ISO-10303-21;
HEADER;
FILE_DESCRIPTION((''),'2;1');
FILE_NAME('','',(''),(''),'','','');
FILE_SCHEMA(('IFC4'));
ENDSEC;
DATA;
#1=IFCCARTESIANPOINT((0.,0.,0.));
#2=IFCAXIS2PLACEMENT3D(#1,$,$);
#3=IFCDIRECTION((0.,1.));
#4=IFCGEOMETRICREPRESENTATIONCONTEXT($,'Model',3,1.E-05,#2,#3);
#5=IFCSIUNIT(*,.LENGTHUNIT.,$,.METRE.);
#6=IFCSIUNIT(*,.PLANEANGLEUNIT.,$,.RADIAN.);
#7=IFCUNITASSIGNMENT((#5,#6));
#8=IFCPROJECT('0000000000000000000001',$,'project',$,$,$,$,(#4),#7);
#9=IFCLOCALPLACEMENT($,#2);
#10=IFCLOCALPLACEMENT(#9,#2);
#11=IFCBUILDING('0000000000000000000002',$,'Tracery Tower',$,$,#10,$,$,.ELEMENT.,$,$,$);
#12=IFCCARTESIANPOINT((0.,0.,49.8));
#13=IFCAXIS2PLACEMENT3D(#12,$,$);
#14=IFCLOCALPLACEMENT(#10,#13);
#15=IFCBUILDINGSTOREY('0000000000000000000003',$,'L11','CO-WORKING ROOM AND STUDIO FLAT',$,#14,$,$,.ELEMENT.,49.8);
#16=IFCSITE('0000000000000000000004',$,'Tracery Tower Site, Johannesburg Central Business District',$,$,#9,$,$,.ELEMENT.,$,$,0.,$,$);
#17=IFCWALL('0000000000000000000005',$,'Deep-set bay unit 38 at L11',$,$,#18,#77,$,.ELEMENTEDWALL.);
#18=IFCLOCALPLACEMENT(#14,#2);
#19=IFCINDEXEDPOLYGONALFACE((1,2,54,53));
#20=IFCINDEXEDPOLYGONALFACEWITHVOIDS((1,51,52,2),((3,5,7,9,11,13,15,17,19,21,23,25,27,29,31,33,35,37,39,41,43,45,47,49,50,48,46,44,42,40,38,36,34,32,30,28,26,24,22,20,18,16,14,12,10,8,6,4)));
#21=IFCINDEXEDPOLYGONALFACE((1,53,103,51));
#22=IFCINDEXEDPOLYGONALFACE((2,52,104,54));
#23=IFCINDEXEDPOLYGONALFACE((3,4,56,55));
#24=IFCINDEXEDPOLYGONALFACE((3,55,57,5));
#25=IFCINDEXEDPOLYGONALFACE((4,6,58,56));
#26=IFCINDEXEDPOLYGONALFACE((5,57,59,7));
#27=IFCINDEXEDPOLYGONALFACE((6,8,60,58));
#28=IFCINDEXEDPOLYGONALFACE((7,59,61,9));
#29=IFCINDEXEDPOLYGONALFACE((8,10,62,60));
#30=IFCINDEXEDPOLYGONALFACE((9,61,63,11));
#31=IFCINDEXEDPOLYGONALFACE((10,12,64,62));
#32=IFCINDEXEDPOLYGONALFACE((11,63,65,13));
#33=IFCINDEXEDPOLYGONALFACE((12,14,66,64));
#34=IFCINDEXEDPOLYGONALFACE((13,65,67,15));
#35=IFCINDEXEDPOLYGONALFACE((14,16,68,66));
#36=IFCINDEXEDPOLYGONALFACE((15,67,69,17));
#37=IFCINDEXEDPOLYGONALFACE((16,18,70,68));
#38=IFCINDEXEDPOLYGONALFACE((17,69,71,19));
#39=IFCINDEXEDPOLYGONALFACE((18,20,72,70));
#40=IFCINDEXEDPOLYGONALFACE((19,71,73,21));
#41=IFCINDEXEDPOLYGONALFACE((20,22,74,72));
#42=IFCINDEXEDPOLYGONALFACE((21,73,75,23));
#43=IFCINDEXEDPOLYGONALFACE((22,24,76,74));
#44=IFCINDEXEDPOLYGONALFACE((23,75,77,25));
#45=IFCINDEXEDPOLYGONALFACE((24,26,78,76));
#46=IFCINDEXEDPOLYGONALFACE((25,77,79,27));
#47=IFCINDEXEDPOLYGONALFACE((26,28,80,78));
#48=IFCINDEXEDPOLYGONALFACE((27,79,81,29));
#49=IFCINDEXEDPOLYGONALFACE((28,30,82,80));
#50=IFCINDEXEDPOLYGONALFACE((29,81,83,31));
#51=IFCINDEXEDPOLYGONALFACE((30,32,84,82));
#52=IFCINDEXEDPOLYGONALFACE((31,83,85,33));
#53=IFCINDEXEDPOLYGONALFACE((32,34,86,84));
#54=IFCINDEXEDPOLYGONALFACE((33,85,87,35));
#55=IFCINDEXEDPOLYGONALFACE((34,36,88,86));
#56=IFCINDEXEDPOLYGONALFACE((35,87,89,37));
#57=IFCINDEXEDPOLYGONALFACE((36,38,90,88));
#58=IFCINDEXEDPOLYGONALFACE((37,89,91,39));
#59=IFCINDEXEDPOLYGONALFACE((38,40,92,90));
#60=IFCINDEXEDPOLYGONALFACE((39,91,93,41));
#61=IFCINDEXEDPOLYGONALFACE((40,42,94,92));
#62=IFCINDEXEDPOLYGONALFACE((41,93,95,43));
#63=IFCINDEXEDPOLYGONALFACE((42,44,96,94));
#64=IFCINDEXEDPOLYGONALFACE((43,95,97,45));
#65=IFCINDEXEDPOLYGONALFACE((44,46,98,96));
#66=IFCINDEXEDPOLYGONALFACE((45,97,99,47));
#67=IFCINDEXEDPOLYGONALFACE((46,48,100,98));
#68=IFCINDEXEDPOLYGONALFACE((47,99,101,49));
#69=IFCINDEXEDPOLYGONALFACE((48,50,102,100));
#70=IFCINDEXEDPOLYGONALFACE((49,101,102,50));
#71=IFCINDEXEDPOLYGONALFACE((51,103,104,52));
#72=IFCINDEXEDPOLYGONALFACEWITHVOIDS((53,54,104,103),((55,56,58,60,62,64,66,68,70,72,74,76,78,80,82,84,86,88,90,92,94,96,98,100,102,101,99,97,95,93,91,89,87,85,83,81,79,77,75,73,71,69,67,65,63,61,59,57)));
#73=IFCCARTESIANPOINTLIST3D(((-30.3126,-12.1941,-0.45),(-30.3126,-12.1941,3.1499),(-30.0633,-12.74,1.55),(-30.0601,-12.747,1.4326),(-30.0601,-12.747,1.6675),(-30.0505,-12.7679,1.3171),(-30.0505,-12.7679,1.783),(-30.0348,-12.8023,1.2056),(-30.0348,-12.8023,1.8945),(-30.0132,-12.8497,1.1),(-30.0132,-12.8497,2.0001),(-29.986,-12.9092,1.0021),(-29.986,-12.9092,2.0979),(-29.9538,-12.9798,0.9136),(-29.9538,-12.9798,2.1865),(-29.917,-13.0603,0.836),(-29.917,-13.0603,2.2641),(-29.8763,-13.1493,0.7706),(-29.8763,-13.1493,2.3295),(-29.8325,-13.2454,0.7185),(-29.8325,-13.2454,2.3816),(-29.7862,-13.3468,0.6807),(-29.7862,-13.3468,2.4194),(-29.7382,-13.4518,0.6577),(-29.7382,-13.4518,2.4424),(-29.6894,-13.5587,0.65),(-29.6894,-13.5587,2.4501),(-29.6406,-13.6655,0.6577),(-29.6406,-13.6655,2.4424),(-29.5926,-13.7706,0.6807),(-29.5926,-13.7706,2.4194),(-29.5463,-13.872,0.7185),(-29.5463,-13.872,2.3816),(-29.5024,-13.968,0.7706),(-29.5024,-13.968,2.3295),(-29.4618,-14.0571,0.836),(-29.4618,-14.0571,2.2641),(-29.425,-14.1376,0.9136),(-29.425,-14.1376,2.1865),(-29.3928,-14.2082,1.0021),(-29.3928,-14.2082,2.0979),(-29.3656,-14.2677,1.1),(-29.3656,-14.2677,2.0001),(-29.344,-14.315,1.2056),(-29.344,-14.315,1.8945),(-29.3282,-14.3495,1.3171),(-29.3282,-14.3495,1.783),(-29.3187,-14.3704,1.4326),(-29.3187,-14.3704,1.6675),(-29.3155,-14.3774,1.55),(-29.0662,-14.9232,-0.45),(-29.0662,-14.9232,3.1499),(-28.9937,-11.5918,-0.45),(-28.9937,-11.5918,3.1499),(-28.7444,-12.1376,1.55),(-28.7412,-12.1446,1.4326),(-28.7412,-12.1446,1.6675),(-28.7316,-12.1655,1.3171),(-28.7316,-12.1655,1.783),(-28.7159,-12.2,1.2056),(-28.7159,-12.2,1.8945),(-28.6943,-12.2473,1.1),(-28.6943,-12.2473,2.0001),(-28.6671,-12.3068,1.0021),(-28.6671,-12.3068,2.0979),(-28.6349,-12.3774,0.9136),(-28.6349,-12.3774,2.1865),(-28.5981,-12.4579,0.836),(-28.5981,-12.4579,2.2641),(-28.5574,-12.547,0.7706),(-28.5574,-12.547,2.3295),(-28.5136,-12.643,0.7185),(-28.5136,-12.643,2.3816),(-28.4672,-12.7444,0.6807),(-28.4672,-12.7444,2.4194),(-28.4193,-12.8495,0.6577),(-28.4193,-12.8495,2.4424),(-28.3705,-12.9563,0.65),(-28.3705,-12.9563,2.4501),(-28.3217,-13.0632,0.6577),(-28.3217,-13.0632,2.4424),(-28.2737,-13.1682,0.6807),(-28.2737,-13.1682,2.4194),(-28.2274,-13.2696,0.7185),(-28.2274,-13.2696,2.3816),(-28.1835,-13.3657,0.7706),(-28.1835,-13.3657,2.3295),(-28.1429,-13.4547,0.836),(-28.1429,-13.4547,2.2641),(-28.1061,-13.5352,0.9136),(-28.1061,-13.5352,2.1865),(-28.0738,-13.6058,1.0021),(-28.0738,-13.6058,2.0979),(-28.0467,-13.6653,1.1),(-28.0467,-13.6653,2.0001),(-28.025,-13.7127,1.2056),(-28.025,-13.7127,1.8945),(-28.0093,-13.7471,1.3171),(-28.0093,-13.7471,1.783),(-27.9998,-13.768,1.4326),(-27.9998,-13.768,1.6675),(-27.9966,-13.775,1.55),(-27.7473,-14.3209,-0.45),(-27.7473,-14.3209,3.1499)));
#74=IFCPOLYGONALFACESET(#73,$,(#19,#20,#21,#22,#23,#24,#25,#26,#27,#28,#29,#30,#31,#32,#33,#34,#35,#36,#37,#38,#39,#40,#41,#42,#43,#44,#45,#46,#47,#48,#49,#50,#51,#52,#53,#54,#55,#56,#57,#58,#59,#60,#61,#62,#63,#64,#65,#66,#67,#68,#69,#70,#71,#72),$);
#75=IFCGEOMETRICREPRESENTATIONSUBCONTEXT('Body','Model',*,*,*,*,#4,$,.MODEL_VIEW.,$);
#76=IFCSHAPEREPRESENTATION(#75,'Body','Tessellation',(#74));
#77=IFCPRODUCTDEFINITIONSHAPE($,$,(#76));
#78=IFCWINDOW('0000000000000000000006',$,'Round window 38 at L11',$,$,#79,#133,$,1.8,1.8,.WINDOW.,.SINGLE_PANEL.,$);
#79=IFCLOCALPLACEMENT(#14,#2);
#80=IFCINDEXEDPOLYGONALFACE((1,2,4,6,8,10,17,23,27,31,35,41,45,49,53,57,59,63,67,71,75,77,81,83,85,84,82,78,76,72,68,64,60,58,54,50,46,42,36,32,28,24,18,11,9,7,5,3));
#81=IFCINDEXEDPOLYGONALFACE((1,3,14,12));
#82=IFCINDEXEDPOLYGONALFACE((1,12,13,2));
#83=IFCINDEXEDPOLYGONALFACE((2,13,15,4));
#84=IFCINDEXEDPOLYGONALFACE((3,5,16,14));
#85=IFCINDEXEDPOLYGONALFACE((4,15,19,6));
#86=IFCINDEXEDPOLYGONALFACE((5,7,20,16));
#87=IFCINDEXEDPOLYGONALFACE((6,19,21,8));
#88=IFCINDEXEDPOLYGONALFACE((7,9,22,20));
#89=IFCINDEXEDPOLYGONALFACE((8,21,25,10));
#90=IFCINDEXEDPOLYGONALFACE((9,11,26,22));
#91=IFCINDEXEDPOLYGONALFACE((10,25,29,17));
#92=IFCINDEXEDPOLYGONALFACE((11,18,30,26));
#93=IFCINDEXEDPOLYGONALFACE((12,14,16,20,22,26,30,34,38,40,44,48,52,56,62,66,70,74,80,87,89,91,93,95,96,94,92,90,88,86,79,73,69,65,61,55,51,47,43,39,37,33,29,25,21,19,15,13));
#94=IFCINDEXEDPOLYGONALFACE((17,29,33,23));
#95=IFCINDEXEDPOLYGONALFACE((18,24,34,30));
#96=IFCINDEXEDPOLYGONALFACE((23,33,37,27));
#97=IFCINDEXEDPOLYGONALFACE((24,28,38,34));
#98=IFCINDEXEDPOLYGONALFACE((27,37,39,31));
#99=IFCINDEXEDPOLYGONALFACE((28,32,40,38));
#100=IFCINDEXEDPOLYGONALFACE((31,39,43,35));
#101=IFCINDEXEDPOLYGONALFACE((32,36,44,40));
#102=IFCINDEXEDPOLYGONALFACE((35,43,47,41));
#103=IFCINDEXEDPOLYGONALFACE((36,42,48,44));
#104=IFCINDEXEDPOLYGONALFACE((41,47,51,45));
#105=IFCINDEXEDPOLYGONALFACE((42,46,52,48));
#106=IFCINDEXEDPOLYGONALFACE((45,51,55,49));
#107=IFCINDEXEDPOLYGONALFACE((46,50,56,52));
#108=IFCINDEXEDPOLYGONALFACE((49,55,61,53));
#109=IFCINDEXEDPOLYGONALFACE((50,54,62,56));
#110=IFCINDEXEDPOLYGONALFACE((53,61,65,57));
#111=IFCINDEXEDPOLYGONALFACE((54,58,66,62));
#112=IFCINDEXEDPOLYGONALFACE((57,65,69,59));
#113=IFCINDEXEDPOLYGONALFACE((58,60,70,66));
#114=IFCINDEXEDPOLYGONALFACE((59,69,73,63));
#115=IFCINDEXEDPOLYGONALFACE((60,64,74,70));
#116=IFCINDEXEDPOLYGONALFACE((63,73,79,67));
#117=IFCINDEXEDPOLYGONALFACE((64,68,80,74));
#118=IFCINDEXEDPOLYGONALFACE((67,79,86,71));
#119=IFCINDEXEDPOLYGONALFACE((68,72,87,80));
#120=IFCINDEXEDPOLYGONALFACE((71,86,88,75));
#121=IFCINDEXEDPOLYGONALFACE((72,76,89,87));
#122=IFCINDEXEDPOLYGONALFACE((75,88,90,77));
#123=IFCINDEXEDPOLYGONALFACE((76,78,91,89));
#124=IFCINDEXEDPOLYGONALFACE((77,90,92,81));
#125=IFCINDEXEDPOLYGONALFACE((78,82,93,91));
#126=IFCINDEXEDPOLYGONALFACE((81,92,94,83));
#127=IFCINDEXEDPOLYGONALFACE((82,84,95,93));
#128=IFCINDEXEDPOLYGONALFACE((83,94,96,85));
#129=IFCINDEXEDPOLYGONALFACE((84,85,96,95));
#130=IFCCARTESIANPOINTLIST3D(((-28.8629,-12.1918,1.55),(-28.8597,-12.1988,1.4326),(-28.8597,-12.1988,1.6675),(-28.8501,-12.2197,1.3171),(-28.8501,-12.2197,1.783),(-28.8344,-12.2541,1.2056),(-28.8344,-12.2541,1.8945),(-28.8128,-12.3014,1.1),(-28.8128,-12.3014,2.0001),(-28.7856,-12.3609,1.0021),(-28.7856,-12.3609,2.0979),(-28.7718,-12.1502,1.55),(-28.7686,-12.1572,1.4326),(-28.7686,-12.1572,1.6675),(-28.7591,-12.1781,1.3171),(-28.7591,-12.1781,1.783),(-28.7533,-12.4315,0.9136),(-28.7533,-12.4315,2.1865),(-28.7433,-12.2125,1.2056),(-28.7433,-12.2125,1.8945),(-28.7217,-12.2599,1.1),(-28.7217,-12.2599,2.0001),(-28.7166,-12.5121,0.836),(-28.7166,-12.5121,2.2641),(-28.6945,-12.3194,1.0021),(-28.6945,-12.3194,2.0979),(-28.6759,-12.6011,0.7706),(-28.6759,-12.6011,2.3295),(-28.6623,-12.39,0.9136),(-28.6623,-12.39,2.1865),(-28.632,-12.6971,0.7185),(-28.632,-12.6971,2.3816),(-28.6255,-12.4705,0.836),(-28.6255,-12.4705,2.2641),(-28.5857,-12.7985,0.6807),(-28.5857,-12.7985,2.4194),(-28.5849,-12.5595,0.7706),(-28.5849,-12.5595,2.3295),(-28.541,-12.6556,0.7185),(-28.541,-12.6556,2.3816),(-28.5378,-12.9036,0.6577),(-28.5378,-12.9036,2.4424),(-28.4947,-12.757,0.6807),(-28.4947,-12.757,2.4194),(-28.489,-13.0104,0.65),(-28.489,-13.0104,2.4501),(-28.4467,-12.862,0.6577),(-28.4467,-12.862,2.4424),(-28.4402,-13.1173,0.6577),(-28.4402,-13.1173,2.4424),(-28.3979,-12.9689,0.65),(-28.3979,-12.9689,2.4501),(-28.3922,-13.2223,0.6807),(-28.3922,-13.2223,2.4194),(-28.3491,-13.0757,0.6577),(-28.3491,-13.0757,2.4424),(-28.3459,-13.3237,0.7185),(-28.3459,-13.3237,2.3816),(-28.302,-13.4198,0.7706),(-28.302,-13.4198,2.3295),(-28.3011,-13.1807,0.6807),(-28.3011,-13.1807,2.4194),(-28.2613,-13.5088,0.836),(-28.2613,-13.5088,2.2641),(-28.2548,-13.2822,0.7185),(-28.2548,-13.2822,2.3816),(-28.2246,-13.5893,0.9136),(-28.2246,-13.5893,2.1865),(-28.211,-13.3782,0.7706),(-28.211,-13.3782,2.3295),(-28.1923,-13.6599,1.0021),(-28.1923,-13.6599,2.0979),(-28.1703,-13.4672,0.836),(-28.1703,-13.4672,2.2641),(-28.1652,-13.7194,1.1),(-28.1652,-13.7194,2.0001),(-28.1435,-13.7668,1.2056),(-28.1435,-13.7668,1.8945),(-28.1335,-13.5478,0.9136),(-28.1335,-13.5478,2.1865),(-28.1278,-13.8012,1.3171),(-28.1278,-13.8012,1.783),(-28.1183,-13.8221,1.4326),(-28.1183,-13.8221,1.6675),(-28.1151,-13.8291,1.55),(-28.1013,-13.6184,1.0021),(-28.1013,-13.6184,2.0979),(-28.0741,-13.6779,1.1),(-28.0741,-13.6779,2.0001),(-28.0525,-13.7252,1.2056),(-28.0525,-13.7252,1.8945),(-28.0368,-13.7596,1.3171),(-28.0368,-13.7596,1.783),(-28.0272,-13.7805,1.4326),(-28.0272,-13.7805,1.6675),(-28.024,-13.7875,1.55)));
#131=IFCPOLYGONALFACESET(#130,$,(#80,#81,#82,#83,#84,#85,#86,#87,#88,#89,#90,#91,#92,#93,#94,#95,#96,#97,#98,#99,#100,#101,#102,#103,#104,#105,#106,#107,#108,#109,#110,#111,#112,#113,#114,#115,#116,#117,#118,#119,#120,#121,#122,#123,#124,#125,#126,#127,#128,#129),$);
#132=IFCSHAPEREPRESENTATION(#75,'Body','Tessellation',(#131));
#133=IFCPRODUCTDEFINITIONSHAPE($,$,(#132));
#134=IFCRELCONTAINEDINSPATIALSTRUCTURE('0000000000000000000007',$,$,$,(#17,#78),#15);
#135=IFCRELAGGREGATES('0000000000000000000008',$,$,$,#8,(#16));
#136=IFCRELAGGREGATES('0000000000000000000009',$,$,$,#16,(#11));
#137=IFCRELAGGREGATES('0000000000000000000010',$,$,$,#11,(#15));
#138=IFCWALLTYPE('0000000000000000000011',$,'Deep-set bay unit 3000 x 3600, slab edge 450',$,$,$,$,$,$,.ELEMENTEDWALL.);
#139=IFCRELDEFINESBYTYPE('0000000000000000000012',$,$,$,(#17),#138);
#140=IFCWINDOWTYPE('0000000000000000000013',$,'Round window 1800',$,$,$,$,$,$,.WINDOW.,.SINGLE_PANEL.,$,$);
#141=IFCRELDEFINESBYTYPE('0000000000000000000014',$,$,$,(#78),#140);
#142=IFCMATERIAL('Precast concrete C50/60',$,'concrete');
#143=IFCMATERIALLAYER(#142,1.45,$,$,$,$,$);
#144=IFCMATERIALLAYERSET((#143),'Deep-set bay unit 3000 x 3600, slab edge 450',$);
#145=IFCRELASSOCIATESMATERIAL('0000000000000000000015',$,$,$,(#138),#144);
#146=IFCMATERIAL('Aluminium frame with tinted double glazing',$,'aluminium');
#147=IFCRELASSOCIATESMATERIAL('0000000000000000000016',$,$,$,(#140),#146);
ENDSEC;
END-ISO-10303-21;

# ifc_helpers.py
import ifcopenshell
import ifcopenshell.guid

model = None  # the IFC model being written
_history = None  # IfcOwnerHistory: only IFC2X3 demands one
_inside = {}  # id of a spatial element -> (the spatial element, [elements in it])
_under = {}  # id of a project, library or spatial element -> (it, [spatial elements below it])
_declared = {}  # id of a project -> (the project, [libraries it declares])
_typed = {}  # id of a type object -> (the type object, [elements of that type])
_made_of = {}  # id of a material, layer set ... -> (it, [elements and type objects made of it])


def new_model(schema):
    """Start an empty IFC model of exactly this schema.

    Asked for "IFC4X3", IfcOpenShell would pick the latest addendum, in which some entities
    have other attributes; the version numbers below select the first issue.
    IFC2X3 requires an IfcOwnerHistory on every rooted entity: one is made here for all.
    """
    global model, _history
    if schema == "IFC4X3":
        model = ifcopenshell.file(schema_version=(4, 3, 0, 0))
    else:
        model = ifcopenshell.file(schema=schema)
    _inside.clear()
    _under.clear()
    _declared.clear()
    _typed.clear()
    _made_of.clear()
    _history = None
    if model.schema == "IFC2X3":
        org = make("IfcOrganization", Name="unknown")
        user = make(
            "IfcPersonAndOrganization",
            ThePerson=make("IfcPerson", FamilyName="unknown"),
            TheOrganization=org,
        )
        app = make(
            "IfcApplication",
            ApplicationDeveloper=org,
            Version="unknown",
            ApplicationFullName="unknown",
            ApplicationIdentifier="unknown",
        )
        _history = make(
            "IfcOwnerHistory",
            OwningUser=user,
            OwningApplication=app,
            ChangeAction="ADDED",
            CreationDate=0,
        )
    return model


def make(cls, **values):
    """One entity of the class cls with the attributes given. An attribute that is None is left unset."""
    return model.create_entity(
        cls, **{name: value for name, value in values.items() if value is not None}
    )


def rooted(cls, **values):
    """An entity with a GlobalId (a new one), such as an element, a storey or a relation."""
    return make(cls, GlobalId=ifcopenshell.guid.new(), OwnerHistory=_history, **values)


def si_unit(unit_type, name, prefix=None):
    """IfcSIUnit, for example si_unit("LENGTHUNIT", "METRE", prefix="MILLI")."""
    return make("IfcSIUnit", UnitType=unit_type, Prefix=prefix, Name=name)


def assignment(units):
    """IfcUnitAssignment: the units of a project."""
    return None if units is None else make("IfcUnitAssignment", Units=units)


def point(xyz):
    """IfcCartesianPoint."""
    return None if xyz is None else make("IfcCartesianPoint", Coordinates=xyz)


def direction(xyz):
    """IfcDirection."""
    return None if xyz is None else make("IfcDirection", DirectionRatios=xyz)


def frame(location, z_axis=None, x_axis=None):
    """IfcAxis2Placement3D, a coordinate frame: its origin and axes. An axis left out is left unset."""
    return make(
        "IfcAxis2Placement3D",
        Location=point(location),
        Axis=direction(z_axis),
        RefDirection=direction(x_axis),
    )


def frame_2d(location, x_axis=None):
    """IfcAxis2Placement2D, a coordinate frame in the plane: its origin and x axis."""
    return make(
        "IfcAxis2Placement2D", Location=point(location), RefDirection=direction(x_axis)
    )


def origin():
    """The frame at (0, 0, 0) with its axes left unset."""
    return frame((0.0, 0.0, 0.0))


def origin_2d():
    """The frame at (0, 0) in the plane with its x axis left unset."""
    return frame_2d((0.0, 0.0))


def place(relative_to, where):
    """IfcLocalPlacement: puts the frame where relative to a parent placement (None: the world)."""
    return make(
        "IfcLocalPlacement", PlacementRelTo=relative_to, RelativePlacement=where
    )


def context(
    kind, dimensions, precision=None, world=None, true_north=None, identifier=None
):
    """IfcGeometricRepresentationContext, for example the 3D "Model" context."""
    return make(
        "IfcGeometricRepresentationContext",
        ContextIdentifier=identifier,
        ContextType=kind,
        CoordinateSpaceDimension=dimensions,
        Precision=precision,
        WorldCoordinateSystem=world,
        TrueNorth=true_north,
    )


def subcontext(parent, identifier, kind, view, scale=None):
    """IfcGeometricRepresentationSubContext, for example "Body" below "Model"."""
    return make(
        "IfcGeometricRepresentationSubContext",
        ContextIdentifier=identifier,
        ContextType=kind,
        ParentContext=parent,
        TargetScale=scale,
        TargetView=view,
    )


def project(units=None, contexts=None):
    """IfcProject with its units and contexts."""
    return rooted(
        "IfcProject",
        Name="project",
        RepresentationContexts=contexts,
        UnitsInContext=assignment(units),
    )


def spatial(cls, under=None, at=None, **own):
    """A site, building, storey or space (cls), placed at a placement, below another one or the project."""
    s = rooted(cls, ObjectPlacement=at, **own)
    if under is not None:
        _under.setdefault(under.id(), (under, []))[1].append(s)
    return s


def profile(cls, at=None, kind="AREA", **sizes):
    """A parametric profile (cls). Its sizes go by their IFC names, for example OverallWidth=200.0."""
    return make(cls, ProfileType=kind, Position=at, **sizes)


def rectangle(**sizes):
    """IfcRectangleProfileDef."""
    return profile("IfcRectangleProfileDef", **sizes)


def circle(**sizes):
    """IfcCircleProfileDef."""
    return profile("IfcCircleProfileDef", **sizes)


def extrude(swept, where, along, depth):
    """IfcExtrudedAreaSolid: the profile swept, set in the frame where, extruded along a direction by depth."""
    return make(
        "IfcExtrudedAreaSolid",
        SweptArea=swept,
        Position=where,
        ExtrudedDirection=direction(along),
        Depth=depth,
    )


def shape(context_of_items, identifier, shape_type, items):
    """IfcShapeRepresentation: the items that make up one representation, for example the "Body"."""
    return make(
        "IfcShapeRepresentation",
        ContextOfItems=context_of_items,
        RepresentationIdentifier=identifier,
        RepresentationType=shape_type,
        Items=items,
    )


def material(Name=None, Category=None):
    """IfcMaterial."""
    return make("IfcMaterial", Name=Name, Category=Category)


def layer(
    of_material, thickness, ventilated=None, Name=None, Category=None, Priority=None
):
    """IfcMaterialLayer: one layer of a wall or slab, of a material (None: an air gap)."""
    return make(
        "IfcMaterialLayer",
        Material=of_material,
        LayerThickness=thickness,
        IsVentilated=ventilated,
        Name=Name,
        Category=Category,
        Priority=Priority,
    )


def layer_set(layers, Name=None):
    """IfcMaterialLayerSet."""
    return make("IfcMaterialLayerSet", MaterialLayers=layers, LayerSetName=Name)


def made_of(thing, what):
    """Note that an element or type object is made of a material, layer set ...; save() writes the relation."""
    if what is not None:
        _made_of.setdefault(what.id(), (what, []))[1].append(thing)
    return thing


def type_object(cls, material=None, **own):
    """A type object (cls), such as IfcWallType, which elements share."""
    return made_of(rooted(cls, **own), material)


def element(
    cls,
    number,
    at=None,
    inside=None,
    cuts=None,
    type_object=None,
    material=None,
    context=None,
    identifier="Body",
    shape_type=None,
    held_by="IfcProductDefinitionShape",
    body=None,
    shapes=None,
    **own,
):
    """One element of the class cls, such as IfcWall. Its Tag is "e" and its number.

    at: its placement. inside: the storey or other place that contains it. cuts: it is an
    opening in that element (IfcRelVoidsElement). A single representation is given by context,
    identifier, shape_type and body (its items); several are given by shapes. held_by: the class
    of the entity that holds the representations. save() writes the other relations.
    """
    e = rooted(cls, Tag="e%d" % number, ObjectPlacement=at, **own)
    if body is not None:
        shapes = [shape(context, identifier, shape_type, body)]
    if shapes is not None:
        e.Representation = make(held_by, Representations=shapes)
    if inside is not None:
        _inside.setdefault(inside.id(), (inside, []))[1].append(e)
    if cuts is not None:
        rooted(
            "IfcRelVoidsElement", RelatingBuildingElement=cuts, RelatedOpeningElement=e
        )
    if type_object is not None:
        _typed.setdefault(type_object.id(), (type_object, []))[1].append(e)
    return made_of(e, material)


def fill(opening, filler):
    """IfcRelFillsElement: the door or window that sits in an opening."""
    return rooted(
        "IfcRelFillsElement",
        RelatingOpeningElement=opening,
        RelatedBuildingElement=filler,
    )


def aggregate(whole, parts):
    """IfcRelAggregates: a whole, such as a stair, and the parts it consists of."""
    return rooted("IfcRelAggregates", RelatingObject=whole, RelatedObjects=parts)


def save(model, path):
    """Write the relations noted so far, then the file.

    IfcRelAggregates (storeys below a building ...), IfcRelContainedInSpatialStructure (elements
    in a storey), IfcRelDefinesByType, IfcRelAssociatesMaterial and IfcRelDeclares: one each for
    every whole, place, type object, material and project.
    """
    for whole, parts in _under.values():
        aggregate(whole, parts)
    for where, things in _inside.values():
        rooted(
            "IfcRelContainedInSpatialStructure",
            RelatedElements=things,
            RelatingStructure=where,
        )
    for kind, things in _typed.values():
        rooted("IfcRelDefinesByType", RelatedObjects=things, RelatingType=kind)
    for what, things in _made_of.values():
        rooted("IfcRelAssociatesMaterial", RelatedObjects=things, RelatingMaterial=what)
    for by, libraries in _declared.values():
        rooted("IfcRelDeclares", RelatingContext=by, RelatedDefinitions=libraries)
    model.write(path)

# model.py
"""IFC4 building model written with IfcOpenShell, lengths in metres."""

from ifc_helpers import new_model, si_unit, direction, frame, frame_2d, origin, origin_2d, place, context, subcontext, project, spatial, rectangle, circle, extrude, material, layer, layer_set, type_object, element, fill, save


model = new_model("IFC4")

# Units and contexts
model_context = context("Model", 3, precision=1e-05, world=origin(), true_north=direction((0.0, 1.0)))
body_context = subcontext(model_context, "Body", "Model", "MODEL_VIEW")
ifc_project = project(units=[si_unit("LENGTHUNIT", "METRE"), si_unit("PLANEANGLEUNIT", "RADIAN")], contexts=[model_context])

# Site, building, storey
site_placement = place(None, origin())
site = spatial("IfcSite", under=ifc_project, at=site_placement, Name="Tracery Tower Site, Johannesburg Central Business District", CompositionType="ELEMENT", RefElevation=0.0)
building_placement = place(site_placement, origin())
building = spatial("IfcBuilding", under=site, at=building_placement, Name="Tracery Tower", CompositionType="ELEMENT")
storey_placement = place(building_placement, frame((0.0, 0.0, 49.8)))
storey = spatial("IfcBuildingStorey", under=building, at=storey_placement, Name="L11", Description="CO-WORKING ROOM AND STUDIO FLAT", CompositionType="ELEMENT", Elevation=49.8)

# Wall, opening, window
ifc_material_1 = material(Name="Precast concrete C50/60", Category="concrete")
ifc_layer_1 = layer(ifc_material_1, 1.45)
ifc_layer_set_1 = layer_set([ifc_layer_1], Name="Deep-set bay unit 3000 x 3600, slab edge 450")
wall_type_1 = type_object("IfcWallType", Name="Deep-set bay unit 3000 x 3600, slab edge 450", PredefinedType="ELEMENTEDWALL", material=ifc_layer_set_1)
ifc_material_2 = material(Name="Aluminium frame with tinted double glazing", Category="aluminium")
window_type = type_object("IfcWindowType", Name="Round window 1800", PartitioningType="SINGLE_PANEL", PredefinedType="WINDOW", material=ifc_material_2)
wall_1_placement = place(storey_placement, frame((-29.6531, -11.8931, -0.45), z_axis=(0.0, 0.0, 1.0), x_axis=(0.415427, -0.909627, 0.0)))
wall_1 = element("IfcWall", 1, at=wall_1_placement, inside=storey, type_object=wall_type_1, Name="Deep-set bay unit 38 at L11", PredefinedType="ELEMENTEDWALL", context=body_context, shape_type="SweptSolid", body=[
    extrude(rectangle(XDim=3.0002, YDim=1.45, at=frame_2d((1.5, 0.0))), origin(), (0.0, 0.0, 1.0), 3.5999),
])
opening_1_placement = place(wall_1_placement, frame((1.5, 0.0, 2.0)))
opening_1 = element("IfcOpeningElement", 2, at=opening_1_placement, cuts=wall_1, PredefinedType="OPENING", context=body_context, shape_type="SweptSolid", body=[
    extrude(circle(Radius=0.9, at=origin_2d()), frame((0.0, 0.7349, 0.0), z_axis=(0.0, -1.0, 0.0), x_axis=(1.0, 0.0, 0.0)), (0.0, 0.0, 1.0), 1.47),
])
window_1_placement = place(opening_1_placement, origin())
window_1 = element("IfcWindow", 3, at=window_1_placement, inside=storey, type_object=window_type, Name="Round window 38 at L11", OverallHeight=1.8, OverallWidth=1.8, PartitioningType="SINGLE_PANEL", PredefinedType="WINDOW", context=body_context, shape_type="SweptSolid", body=[
    extrude(circle(Radius=0.9, at=origin_2d()), frame((0.0, 0.6948, 0.0), z_axis=(0.0, -1.0, 0.0), x_axis=(1.0, 0.0, 0.0)), (0.0, 0.0, 1.0), 0.1001),
])
fill(opening_1, window_1)

save(model, "model.ifc")
